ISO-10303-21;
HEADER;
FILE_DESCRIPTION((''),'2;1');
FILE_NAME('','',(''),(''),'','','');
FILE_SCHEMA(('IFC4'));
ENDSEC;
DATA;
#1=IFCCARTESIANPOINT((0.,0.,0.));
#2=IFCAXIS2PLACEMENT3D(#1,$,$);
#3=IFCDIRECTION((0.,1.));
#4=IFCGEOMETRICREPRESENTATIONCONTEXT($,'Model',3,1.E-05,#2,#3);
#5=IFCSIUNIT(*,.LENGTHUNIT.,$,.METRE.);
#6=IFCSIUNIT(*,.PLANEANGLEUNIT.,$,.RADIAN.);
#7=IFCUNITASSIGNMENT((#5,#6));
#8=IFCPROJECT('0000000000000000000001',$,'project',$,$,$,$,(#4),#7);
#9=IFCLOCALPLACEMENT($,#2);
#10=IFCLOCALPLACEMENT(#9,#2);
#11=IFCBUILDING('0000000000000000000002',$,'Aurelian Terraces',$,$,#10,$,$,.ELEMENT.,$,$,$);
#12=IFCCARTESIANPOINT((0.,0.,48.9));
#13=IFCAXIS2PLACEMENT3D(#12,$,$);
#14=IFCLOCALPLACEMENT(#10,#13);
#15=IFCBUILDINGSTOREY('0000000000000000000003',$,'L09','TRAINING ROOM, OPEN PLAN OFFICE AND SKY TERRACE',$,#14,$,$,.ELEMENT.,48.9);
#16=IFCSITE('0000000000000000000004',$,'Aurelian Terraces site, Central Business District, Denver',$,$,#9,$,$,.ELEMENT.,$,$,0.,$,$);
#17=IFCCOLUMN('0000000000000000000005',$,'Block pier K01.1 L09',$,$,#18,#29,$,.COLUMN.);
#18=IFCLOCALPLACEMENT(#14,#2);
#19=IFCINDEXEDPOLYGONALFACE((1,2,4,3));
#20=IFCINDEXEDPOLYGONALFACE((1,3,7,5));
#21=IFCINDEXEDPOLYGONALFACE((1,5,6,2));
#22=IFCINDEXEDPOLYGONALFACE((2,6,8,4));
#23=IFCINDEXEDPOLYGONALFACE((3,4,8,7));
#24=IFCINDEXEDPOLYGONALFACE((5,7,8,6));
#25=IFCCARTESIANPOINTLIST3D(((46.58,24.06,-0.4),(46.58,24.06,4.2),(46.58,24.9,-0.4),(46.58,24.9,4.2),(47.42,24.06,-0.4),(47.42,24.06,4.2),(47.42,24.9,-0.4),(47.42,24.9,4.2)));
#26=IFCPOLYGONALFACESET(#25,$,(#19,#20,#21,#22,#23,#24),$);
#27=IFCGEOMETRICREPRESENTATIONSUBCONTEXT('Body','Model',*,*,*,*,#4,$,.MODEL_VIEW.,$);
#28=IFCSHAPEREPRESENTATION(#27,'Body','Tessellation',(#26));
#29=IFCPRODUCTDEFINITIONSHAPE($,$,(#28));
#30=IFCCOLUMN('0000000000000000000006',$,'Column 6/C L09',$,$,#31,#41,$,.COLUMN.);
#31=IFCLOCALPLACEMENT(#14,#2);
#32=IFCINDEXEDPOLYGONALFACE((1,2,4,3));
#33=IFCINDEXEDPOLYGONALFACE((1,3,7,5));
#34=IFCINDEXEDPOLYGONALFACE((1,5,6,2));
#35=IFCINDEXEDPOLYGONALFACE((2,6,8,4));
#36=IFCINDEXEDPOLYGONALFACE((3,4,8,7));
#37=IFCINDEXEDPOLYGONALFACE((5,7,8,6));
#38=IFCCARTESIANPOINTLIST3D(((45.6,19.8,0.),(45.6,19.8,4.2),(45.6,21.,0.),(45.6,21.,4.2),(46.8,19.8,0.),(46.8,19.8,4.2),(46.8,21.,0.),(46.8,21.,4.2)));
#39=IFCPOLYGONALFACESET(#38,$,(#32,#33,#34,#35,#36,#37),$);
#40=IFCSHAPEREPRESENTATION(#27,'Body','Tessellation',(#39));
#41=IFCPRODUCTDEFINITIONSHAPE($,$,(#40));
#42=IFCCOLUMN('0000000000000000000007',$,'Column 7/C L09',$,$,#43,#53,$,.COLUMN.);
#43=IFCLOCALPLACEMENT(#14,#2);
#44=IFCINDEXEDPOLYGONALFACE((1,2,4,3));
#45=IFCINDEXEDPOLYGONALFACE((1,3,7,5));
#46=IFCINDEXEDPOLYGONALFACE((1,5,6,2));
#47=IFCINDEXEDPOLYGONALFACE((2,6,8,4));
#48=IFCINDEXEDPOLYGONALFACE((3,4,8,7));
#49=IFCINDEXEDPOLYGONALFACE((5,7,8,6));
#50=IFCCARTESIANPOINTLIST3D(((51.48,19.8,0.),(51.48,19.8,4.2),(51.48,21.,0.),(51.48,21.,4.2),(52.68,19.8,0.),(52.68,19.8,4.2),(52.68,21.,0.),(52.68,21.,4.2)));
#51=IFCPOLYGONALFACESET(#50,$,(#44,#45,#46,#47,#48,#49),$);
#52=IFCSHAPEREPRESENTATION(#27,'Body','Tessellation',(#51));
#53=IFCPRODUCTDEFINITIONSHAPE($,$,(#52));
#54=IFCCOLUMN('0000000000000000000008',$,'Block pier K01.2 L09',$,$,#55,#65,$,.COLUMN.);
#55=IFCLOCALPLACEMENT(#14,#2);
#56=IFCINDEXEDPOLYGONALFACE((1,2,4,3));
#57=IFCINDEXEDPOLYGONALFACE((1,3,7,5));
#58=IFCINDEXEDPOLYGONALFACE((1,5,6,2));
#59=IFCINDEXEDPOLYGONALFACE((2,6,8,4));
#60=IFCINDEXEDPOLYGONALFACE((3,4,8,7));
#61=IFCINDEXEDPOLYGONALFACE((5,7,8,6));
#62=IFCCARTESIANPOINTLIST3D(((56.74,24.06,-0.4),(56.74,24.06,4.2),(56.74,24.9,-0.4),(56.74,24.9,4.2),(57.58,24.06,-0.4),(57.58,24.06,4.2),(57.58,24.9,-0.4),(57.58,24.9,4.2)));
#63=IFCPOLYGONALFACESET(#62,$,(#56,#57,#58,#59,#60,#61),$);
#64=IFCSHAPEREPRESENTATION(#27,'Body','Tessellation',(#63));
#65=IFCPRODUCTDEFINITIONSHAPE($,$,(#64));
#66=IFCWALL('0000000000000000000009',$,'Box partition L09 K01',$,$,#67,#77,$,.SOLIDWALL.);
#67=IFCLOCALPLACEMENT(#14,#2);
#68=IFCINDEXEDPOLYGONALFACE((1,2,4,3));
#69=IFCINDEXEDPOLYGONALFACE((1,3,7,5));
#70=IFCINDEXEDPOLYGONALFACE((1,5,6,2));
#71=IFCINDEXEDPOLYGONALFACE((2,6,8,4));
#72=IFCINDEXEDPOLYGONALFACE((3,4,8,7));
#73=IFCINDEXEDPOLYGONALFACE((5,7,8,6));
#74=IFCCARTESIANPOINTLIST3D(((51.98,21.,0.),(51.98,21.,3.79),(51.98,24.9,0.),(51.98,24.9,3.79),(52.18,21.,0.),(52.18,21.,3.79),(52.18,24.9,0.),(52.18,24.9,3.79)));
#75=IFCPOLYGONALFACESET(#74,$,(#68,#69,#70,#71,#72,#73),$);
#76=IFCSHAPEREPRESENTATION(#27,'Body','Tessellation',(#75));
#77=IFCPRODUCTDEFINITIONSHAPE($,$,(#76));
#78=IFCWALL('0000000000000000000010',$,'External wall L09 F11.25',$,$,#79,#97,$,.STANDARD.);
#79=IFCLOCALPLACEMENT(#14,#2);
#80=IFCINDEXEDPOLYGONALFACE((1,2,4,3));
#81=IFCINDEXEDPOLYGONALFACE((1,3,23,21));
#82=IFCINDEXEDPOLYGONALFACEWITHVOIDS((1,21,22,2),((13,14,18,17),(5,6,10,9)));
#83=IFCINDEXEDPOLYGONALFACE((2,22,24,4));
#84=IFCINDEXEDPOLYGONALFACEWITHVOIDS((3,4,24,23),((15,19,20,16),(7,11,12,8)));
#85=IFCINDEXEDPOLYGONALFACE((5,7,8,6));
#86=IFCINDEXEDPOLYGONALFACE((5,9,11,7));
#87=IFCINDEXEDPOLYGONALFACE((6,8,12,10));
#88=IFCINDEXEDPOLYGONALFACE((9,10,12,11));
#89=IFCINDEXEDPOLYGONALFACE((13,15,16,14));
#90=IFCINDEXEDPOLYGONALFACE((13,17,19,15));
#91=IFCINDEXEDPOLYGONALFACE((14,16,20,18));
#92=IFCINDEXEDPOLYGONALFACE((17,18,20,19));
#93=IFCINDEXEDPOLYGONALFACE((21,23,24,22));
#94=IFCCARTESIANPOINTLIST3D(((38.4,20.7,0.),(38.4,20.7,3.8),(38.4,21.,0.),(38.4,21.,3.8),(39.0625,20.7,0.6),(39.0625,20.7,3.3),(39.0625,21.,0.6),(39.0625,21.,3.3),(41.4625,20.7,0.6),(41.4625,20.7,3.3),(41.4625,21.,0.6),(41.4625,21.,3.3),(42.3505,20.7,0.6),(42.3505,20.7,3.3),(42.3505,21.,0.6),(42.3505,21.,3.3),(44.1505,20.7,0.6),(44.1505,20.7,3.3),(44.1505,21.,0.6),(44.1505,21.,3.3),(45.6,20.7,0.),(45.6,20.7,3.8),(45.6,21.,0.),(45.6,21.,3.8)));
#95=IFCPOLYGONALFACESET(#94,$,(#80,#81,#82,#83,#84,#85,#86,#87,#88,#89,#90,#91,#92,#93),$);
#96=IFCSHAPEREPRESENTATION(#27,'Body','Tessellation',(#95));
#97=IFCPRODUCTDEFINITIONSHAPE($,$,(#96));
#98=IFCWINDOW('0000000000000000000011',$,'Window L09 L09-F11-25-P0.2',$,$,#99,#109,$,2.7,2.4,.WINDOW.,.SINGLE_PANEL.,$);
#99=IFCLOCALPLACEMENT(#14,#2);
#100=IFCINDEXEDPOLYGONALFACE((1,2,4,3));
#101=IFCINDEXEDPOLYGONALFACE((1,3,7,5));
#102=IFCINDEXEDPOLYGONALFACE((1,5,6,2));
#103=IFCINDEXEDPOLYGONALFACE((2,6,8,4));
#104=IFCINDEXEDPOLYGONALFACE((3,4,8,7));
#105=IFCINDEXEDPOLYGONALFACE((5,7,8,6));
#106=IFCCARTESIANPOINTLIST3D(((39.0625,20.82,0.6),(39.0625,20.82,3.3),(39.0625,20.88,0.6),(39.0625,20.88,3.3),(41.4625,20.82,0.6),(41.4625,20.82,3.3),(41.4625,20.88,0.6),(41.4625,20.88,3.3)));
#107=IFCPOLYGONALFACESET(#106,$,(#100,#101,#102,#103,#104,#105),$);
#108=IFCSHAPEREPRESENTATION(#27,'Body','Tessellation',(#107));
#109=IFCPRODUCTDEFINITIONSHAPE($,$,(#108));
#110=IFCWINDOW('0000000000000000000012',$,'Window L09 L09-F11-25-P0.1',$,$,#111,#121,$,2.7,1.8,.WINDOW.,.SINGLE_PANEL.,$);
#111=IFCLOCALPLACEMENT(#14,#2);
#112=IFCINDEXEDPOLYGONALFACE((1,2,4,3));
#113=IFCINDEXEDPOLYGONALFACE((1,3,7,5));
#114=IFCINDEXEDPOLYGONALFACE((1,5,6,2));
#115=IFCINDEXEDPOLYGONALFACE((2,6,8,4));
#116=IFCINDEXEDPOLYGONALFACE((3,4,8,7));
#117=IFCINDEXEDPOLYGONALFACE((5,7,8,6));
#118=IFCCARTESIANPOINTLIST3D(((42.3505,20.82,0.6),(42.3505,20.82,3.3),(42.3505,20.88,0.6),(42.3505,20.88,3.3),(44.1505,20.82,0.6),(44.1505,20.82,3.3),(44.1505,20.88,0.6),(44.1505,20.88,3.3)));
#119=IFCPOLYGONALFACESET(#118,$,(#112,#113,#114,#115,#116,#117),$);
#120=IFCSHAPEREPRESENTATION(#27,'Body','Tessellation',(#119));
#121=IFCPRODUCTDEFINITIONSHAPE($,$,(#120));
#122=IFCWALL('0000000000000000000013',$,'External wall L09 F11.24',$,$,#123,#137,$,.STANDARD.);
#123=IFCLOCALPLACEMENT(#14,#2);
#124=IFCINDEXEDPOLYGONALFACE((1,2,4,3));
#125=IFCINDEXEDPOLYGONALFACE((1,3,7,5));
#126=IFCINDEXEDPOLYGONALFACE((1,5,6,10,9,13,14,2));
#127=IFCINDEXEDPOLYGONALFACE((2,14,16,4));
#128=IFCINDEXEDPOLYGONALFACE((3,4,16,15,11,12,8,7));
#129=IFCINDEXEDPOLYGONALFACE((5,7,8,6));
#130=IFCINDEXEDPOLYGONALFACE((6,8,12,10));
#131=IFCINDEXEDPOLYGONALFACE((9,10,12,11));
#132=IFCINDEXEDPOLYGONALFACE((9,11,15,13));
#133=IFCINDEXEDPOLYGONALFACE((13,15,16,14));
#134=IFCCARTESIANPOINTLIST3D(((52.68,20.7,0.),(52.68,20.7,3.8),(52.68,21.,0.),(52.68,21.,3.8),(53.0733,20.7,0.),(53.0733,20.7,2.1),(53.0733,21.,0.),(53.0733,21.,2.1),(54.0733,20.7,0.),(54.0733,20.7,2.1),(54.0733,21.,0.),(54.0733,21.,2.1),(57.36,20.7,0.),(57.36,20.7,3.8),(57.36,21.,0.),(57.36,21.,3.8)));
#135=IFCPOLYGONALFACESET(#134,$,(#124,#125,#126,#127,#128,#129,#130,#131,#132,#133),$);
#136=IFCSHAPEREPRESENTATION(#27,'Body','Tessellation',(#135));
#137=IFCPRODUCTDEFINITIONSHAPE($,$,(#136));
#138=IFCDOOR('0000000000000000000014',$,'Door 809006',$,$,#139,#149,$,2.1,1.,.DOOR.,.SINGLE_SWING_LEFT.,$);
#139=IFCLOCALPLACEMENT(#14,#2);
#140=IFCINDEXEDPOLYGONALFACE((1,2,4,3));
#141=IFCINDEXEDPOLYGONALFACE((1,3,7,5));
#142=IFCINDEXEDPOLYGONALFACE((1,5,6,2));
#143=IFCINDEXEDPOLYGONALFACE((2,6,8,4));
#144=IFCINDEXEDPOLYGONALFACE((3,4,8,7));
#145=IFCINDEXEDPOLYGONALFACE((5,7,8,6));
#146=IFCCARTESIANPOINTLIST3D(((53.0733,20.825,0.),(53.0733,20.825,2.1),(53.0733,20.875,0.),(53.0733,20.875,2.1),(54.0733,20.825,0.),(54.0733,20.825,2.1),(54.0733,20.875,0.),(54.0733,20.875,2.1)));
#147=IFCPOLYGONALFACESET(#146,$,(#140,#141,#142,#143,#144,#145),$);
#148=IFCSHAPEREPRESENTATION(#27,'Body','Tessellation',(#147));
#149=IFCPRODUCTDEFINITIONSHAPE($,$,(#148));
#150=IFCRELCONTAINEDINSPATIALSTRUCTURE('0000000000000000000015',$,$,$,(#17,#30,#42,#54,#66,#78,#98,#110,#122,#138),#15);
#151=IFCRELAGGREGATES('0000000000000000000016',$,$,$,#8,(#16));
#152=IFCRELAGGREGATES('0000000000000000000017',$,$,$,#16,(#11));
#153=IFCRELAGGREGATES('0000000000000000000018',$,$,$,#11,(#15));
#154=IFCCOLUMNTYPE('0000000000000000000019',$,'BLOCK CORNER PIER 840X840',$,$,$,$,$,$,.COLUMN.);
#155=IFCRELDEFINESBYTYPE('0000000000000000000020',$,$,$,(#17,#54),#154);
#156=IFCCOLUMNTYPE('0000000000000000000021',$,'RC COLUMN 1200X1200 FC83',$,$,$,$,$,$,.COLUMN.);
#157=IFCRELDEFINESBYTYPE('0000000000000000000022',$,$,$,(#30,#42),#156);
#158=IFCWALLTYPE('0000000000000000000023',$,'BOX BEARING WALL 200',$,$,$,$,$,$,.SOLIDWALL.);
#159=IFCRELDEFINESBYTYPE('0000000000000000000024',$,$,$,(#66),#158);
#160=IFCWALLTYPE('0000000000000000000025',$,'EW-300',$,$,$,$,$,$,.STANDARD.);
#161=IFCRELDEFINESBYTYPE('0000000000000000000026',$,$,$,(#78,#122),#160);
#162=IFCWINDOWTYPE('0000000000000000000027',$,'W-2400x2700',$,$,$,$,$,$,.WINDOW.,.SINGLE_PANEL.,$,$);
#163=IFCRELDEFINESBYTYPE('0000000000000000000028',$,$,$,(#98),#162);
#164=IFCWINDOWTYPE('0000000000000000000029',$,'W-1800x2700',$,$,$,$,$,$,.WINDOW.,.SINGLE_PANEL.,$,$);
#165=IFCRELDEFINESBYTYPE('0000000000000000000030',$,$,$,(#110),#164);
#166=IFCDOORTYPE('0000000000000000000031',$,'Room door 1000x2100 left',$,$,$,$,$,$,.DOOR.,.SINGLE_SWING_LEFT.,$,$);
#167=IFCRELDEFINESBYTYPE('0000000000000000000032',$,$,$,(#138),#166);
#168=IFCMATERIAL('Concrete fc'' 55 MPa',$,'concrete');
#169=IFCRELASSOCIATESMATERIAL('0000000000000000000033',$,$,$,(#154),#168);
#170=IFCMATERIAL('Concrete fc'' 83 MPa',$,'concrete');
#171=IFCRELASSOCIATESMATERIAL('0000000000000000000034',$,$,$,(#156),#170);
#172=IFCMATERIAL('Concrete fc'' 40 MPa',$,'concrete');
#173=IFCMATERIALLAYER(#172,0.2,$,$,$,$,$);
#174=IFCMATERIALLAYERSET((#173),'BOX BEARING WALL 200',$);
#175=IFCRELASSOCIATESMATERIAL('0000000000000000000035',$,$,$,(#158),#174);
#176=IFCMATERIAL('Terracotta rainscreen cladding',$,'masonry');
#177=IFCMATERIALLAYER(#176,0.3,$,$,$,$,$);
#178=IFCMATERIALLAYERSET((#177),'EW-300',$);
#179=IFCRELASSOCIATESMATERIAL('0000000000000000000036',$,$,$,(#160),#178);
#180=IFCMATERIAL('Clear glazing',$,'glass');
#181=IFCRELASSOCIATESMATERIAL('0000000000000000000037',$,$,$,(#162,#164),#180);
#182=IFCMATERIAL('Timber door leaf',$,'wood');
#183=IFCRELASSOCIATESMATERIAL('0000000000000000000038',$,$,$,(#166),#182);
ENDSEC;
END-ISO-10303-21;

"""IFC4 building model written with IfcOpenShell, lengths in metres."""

from ifc_helpers import new_model, si_unit, direction, frame, frame_2d, origin, origin_2d, place, context, subcontext, project, spatial, rectangle, extrude, source, transform, mapped, material, layer, layer_set, material_profile, profile_set, type_object, element, fill, save


model = new_model("IFC4")

# Units and contexts
model_context = context("Model", 3, precision=1e-05, world=origin(), true_north=direction((0.0, 1.0)))
body_context = subcontext(model_context, "Body", "Model", "MODEL_VIEW")
ifc_project = project(units=[si_unit("LENGTHUNIT", "METRE"), si_unit("PLANEANGLEUNIT", "RADIAN")], contexts=[model_context])

# Site, building, storey
site_placement = place(None, origin())
site = spatial("IfcSite", under=ifc_project, at=site_placement, Name="Aurelian Terraces site, Central Business District, Denver", CompositionType="ELEMENT", RefElevation=0.0)
building_placement = place(site_placement, origin())
building = spatial("IfcBuilding", under=site, at=building_placement, Name="Aurelian Terraces", CompositionType="ELEMENT")
storey_placement = place(building_placement, frame((0.0, 0.0, 48.9)))
storey = spatial("IfcBuildingStorey", under=building, at=storey_placement, Name="L09", Description="TRAINING ROOM, OPEN PLAN OFFICE AND SKY TERRACE", CompositionType="ELEMENT", Elevation=48.9)

# Columns
ifc_material_1 = material(Name="Concrete fc' 55 MPa", Category="concrete")
ifc_material_profile_1 = material_profile(ifc_material_1, rectangle(XDim=0.84, YDim=0.84, at=origin_2d()))
ifc_profile_set_1 = profile_set([ifc_material_profile_1], Name="Concrete fc' 55 MPa")
column_type_1 = type_object("IfcColumnType", Name="BLOCK CORNER PIER 840X840", PredefinedType="COLUMN", material=ifc_profile_set_1)
column_1_placement = place(storey_placement, frame((47.0, 24.48, -0.4), z_axis=(0.0, 0.0, 1.0), x_axis=(1.0, 0.0, 0.0)))
element("IfcColumn", 1, at=column_1_placement, inside=storey, type_object=column_type_1, Name="Block pier K01.1 L09", PredefinedType="COLUMN", context=body_context, shape_type="SweptSolid", body=[
    extrude(rectangle(XDim=0.84, YDim=0.84, at=origin_2d()), origin(), (0.0, 0.0, 1.0), 4.6),
])
ifc_material_2 = material(Name="Concrete fc' 83 MPa", Category="concrete")
ifc_material_profile_2 = material_profile(ifc_material_2, rectangle(XDim=1.2, YDim=1.2, at=origin_2d()))
ifc_profile_set_2 = profile_set([ifc_material_profile_2], Name="Concrete fc' 83 MPa")
column_type_2 = type_object("IfcColumnType", Name="RC COLUMN 1200X1200 FC83", PredefinedType="COLUMN", material=ifc_profile_set_2)
shared_shape_1 = source(origin(), body_context, "Body", "SweptSolid", [
    extrude(rectangle(XDim=1.2, YDim=1.2, at=origin_2d()), origin(), (0.0, 0.0, 1.0), 4.2),
])
for number, where, z_axis, x_axis, name in (
    (2, (46.2, 20.4, 0.0), (0.0, 0.0, 1.0), (1.0, 0.0, 0.0), "Column 6/C L09"),
    (3, (52.08, 20.4, 0.0), (0.0, 0.0, 1.0), (1.0, 0.0, 0.0), "Column 7/C L09"),
):
    element("IfcColumn", number, at=place(storey_placement, frame(where, z_axis=z_axis, x_axis=x_axis)), inside=storey, type_object=column_type_2, Name=name, PredefinedType="COLUMN", context=body_context, shape_type="MappedRepresentation", body=[
        mapped(shared_shape_1, transform((0.0, 0.0, 0.0), scale=1.0)),
    ])
shared_shape_2 = source(origin(), body_context, "Body", "SweptSolid", [
    extrude(rectangle(XDim=0.84, YDim=0.84, at=origin_2d()), origin(), (0.0, 0.0, 1.0), 4.6),
])
column_2_placement = place(storey_placement, frame((57.16, 24.48, -0.4), z_axis=(0.0, 0.0, 1.0), x_axis=(1.0, 0.0, 0.0)))
element("IfcColumn", 4, at=column_2_placement, inside=storey, type_object=column_type_1, Name="Block pier K01.2 L09", PredefinedType="COLUMN", context=body_context, shape_type="MappedRepresentation", body=[
    mapped(shared_shape_2, transform((0.0, 0.0, 0.0), scale=1.0)),
])

# Wall
ifc_material_3 = material(Name="Concrete fc' 40 MPa", Category="concrete")
ifc_layer_1 = layer(ifc_material_3, 0.2)
ifc_layer_set_1 = layer_set([ifc_layer_1], Name="BOX BEARING WALL 200")
wall_type_1 = type_object("IfcWallType", Name="BOX BEARING WALL 200", PredefinedType="SOLIDWALL", material=ifc_layer_set_1)
wall_1_placement = place(storey_placement, frame((52.08, 21.0, 0.0), z_axis=(0.0, 0.0, 1.0), x_axis=(0.0, 1.0, 0.0)))
element("IfcWall", 5, at=wall_1_placement, inside=storey, type_object=wall_type_1, Name="Box partition L09 K01", PredefinedType="SOLIDWALL", context=body_context, shape_type="SweptSolid", body=[
    extrude(rectangle(XDim=3.9, YDim=0.2, at=frame_2d((1.95, 0.0))), origin(), (0.0, 0.0, 1.0), 3.79),
])

# Wall, openings, windows
ifc_material_4 = material(Name="Terracotta rainscreen cladding", Category="masonry")
ifc_layer_2 = layer(ifc_material_4, 0.3)
ifc_layer_set_2 = layer_set([ifc_layer_2], Name="EW-300")
wall_type_2 = type_object("IfcWallType", Name="EW-300", PredefinedType="STANDARD", material=ifc_layer_set_2)
shared_shape_3 = source(origin(), body_context, "Body", "SweptSolid", [
    extrude(rectangle(XDim=7.2, YDim=0.3, at=frame_2d((3.6, 0.0))), origin(), (0.0, 0.0, 1.0), 3.8),
])
wall_2_placement = place(storey_placement, frame((45.6, 20.85, 0.0), z_axis=(0.0, 0.0, 1.0), x_axis=(-1.0, 0.0, 0.0)))
wall_2 = element("IfcWall", 6, at=wall_2_placement, inside=storey, type_object=wall_type_2, Name="External wall L09 F11.25", PredefinedType="STANDARD", context=body_context, shape_type="MappedRepresentation", body=[
    mapped(shared_shape_3, transform((0.0, 0.0, 0.0), scale=1.0)),
])
shared_shape_4 = source(origin(), body_context, "Body", "SweptSolid", [
    extrude(rectangle(XDim=1.8, YDim=2.7, at=frame_2d((0.9, 1.35))), frame((0.0, 0.16, 0.0), z_axis=(0.0, -1.0, 0.0), x_axis=(1.0, 0.0, 0.0)), (0.0, 0.0, 1.0), 0.32),
])
opening_1_placement = place(wall_2_placement, frame((1.4495, 0.0, 0.6)))
opening_1 = element("IfcOpeningElement", 7, at=opening_1_placement, cuts=wall_2, PredefinedType="OPENING", context=body_context, shape_type="MappedRepresentation", body=[
    mapped(shared_shape_4, transform((0.0, 0.0, 0.0), scale=1.0)),
])
shared_shape_5 = source(origin(), body_context, "Body", "SweptSolid", [
    extrude(rectangle(XDim=2.4, YDim=2.7, at=frame_2d((1.2, 1.35))), frame((0.0, 0.16, 0.0), z_axis=(0.0, -1.0, 0.0), x_axis=(1.0, 0.0, 0.0)), (0.0, 0.0, 1.0), 0.32),
])
opening_2_placement = place(wall_2_placement, frame((4.1375, 0.0, 0.6)))
opening_2 = element("IfcOpeningElement", 8, at=opening_2_placement, cuts=wall_2, PredefinedType="OPENING", context=body_context, shape_type="MappedRepresentation", body=[
    mapped(shared_shape_5, transform((0.0, 0.0, 0.0), scale=1.0)),
])
ifc_material_5 = material(Name="Clear glazing", Category="glass")
window_type_1 = type_object("IfcWindowType", Name="W-2400x2700", PartitioningType="SINGLE_PANEL", PredefinedType="WINDOW", material=ifc_material_5)
shared_shape_6 = source(origin(), body_context, "Body", "SweptSolid", [
    extrude(rectangle(XDim=2.4, YDim=2.7, at=frame_2d((1.2, 1.35))), frame((0.0, 0.03, 0.0), z_axis=(0.0, -1.0, 0.0), x_axis=(1.0, 0.0, 0.0)), (0.0, 0.0, 1.0), 0.06),
])
window_1_placement = place(opening_2_placement, origin())
window_1 = element("IfcWindow", 9, at=window_1_placement, inside=storey, type_object=window_type_1, Name="Window L09 L09-F11-25-P0.2", OverallHeight=2.7, OverallWidth=2.4, PartitioningType="SINGLE_PANEL", PredefinedType="WINDOW", context=body_context, shape_type="MappedRepresentation", body=[
    mapped(shared_shape_6, transform((0.0, 0.0, 0.0), scale=1.0)),
])
fill(opening_2, window_1)
window_type_2 = type_object("IfcWindowType", Name="W-1800x2700", PartitioningType="SINGLE_PANEL", PredefinedType="WINDOW", material=ifc_material_5)
shared_shape_7 = source(origin(), body_context, "Body", "SweptSolid", [
    extrude(rectangle(XDim=1.8, YDim=2.7, at=frame_2d((0.9, 1.35))), frame((0.0, 0.03, 0.0), z_axis=(0.0, -1.0, 0.0), x_axis=(1.0, 0.0, 0.0)), (0.0, 0.0, 1.0), 0.06),
])
window_2_placement = place(opening_1_placement, origin())
window_2 = element("IfcWindow", 10, at=window_2_placement, inside=storey, type_object=window_type_2, Name="Window L09 L09-F11-25-P0.1", OverallHeight=2.7, OverallWidth=1.8, PartitioningType="SINGLE_PANEL", PredefinedType="WINDOW", context=body_context, shape_type="MappedRepresentation", body=[
    mapped(shared_shape_7, transform((0.0, 0.0, 0.0), scale=1.0)),
])
fill(opening_1, window_2)

# Wall, opening, door
shared_shape_8 = source(origin(), body_context, "Body", "SweptSolid", [
    extrude(rectangle(XDim=4.68, YDim=0.3, at=frame_2d((2.34, 0.0))), origin(), (0.0, 0.0, 1.0), 3.8),
])
wall_3_placement = place(storey_placement, frame((57.36, 20.85, 0.0), z_axis=(0.0, 0.0, 1.0), x_axis=(-1.0, 0.0, 0.0)))
wall_3 = element("IfcWall", 11, at=wall_3_placement, inside=storey, type_object=wall_type_2, Name="External wall L09 F11.24", PredefinedType="STANDARD", context=body_context, shape_type="MappedRepresentation", body=[
    mapped(shared_shape_8, transform((0.0, 0.0, 0.0), scale=1.0)),
])
shared_shape_9 = source(origin(), body_context, "Body", "SweptSolid", [
    extrude(rectangle(XDim=1.0, YDim=2.1, at=frame_2d((0.5, 1.05))), frame((0.0, 0.16, 0.0), z_axis=(0.0, -1.0, 0.0), x_axis=(1.0, 0.0, 0.0)), (0.0, 0.0, 1.0), 0.32),
])
opening_3_placement = place(wall_3_placement, frame((3.2867, 0.0, 0.0)))
opening_3 = element("IfcOpeningElement", 12, at=opening_3_placement, cuts=wall_3, PredefinedType="OPENING", context=body_context, shape_type="MappedRepresentation", body=[
    mapped(shared_shape_9, transform((0.0, 0.0, 0.0), scale=1.0)),
])
ifc_material_6 = material(Name="Timber door leaf", Category="wood")
door_type_1 = type_object("IfcDoorType", Name="Room door 1000x2100 left", OperationType="SINGLE_SWING_LEFT", PredefinedType="DOOR", material=ifc_material_6)
shared_shape_10 = source(origin(), body_context, "Body", "SweptSolid", [
    extrude(rectangle(XDim=1.0, YDim=2.1, at=frame_2d((0.5, 1.05))), frame((0.0, 0.025, 0.0), z_axis=(0.0, -1.0, 0.0), x_axis=(1.0, 0.0, 0.0)), (0.0, 0.0, 1.0), 0.05),
])
door_1_placement = place(opening_3_placement, origin())
door_1 = element("IfcDoor", 13, at=door_1_placement, inside=storey, type_object=door_type_1, Name="Door 809006", OperationType="SINGLE_SWING_LEFT", OverallHeight=2.1, OverallWidth=1.0, PredefinedType="DOOR", context=body_context, shape_type="MappedRepresentation", body=[
    mapped(shared_shape_10, transform((0.0, 0.0, 0.0), scale=1.0)),
])
fill(opening_3, door_1)

save(model, "model.ifc")
